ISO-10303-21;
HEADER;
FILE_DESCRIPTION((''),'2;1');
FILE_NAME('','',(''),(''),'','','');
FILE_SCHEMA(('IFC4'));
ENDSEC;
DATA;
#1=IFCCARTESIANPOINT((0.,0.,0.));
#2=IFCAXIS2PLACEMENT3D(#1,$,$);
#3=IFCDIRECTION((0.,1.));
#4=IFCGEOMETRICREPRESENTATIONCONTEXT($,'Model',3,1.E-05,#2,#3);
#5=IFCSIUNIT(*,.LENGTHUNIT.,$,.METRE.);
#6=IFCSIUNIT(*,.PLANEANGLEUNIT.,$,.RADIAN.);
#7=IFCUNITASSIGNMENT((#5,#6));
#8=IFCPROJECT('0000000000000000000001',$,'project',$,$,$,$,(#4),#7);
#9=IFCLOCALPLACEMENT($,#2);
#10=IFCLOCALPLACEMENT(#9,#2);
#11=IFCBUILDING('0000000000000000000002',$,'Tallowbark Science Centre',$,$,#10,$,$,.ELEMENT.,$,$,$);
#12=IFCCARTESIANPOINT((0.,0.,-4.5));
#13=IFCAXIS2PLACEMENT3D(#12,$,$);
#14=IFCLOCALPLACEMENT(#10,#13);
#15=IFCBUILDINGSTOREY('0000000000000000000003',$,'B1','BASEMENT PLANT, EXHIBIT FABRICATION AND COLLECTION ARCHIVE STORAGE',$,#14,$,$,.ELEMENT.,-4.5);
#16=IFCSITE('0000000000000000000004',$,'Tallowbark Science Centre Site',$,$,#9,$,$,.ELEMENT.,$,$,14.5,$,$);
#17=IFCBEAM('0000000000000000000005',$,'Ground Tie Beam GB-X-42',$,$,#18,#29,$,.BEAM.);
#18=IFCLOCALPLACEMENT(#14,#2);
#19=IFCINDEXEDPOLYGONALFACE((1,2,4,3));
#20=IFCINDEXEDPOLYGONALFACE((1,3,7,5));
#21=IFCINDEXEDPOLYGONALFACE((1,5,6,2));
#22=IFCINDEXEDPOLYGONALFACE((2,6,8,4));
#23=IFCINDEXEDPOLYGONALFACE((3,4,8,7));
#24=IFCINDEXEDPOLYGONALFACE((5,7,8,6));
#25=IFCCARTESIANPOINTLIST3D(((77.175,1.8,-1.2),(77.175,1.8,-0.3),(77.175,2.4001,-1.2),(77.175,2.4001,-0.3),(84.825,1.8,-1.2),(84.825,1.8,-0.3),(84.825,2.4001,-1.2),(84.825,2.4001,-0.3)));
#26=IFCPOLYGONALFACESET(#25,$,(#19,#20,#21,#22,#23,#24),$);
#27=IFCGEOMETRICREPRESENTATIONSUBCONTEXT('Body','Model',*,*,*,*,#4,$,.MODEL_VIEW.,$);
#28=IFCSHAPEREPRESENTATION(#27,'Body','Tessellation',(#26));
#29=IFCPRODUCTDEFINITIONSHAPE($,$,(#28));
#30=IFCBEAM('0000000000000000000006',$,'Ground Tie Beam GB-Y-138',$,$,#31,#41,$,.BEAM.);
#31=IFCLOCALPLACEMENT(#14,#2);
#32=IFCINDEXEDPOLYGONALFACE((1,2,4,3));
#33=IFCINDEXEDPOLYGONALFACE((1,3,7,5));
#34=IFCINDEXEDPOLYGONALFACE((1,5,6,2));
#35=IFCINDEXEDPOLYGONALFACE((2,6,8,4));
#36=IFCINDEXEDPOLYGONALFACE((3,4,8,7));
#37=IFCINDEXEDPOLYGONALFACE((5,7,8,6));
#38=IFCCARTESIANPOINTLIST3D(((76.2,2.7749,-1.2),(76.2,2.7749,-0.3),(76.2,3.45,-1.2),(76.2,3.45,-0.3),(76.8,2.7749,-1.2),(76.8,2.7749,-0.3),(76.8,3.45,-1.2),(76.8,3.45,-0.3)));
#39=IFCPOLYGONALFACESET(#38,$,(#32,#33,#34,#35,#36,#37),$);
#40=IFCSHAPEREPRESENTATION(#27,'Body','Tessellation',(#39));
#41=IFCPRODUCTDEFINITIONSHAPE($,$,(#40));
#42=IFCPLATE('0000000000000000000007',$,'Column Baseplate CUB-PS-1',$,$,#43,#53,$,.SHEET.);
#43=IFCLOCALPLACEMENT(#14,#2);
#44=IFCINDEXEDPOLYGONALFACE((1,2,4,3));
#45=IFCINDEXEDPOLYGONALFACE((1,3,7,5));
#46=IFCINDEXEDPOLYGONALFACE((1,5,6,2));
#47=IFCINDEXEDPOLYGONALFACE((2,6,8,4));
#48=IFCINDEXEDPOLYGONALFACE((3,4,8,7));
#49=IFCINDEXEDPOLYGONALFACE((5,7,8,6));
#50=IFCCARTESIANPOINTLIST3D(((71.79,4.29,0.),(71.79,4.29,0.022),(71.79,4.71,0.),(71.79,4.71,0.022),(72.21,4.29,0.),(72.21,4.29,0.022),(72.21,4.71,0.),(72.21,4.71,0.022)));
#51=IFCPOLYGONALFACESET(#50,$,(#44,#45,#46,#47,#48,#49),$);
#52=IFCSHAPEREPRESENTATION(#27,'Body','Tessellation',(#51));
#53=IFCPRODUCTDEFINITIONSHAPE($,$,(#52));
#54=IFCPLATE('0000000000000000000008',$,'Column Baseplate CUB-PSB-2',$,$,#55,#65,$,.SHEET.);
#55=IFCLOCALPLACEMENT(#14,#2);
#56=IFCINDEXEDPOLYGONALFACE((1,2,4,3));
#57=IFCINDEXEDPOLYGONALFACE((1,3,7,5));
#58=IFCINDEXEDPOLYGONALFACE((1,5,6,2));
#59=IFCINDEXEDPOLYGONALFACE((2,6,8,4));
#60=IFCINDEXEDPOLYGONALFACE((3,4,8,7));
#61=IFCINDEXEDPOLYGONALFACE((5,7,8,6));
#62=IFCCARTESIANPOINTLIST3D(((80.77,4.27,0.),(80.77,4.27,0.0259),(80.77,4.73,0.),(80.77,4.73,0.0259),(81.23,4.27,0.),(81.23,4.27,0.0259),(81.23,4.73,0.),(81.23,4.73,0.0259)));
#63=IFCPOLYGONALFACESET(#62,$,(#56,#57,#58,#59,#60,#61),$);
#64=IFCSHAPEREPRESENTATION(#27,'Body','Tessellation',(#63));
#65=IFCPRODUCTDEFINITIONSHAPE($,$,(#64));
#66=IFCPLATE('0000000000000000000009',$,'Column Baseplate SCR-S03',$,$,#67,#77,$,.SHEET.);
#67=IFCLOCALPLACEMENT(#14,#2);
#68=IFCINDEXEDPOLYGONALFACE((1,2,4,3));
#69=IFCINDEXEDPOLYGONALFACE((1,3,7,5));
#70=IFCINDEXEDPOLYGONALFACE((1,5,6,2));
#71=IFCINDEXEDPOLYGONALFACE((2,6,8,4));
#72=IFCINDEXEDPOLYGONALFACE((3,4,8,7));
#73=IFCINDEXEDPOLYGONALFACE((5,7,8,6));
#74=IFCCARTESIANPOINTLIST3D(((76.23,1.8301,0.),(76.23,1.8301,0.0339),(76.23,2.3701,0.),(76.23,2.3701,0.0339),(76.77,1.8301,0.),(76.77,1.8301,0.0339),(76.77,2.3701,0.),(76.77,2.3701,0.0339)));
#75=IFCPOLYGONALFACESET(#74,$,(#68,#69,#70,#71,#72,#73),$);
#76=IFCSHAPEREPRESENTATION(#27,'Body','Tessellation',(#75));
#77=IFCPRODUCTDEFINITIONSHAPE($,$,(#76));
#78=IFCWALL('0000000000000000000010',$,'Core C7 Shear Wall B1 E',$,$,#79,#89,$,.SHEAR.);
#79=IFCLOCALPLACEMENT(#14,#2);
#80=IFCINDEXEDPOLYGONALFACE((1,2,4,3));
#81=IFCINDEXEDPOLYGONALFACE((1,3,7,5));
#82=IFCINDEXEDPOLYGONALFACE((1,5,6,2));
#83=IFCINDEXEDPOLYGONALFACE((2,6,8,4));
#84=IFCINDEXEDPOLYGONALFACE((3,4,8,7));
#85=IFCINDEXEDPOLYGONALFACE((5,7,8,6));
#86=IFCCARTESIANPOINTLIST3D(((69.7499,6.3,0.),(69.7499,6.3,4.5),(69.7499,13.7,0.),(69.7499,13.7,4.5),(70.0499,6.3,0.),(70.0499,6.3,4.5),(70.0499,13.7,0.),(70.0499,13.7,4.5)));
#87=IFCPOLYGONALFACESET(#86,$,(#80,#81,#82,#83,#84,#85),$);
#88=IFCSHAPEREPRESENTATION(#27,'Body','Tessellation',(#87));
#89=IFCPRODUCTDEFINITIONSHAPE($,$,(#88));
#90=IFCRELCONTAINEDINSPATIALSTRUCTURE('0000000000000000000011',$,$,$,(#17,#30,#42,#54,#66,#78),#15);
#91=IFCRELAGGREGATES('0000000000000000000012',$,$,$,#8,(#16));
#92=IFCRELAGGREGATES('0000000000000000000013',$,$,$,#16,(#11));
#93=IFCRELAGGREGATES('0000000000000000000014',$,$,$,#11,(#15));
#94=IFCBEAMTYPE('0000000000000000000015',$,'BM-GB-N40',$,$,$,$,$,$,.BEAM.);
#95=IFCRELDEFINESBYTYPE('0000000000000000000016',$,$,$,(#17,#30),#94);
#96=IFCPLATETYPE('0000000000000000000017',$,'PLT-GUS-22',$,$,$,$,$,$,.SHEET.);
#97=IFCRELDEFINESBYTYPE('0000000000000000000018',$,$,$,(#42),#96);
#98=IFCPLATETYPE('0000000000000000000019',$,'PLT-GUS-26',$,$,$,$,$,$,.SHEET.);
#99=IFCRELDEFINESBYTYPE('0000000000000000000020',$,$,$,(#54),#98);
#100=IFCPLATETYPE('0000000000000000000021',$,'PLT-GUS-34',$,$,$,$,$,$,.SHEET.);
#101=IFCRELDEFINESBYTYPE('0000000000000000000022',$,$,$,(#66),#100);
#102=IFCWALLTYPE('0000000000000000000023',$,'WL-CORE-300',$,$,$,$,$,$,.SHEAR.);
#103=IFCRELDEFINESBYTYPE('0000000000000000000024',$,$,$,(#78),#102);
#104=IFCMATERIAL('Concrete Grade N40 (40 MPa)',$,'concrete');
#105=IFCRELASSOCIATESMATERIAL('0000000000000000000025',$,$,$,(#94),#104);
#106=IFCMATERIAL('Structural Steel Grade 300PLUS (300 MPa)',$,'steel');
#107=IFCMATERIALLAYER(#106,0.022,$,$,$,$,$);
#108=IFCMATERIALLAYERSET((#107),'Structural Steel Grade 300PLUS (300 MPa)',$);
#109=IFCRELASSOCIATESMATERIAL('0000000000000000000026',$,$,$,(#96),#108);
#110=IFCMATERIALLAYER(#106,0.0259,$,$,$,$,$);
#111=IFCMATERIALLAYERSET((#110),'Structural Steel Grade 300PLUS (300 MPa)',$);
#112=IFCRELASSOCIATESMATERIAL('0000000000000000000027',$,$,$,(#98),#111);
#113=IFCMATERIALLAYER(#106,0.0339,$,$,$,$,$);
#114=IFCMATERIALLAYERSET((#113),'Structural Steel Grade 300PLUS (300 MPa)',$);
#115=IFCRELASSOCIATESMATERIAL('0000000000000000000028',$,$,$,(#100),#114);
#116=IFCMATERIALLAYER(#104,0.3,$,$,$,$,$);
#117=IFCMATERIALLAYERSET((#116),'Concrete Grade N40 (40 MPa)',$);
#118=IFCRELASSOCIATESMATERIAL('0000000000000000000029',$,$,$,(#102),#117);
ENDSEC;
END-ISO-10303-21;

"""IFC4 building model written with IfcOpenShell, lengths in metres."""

from ifc_helpers import new_model, si_unit, direction, frame, frame_2d, origin, origin_2d, place, context, subcontext, project, spatial, rectangle, extrude, material, layer, layer_set, material_profile, profile_set, type_object, element, save


model = new_model("IFC4")

# Units and contexts
model_context = context("Model", 3, precision=1e-05, world=origin(), true_north=direction((0.0, 1.0)))
body_context = subcontext(model_context, "Body", "Model", "MODEL_VIEW")
ifc_project = project(units=[si_unit("LENGTHUNIT", "METRE"), si_unit("PLANEANGLEUNIT", "RADIAN")], contexts=[model_context])

# Site, building, storey
site_placement = place(None, origin())
site = spatial("IfcSite", under=ifc_project, at=site_placement, Name="Tallowbark Science Centre Site", CompositionType="ELEMENT", RefElevation=14.5)
building_placement = place(site_placement, origin())
building = spatial("IfcBuilding", under=site, at=building_placement, Name="Tallowbark Science Centre", CompositionType="ELEMENT")
storey_placement = place(building_placement, frame((0.0, 0.0, -4.5)))
storey = spatial("IfcBuildingStorey", under=building, at=storey_placement, Name="B1", Description="BASEMENT PLANT, EXHIBIT FABRICATION AND COLLECTION ARCHIVE STORAGE", CompositionType="ELEMENT", Elevation=-4.5)

# Shared definitions
ifc_material_1 = material(Name="Concrete Grade N40 (40 MPa)", Category="concrete")

# Shared definitions
ifc_material_2 = material(Name="Structural Steel Grade 300PLUS (300 MPa)", Category="steel")

# Beams
ifc_material_profile_1 = material_profile(ifc_material_1, rectangle(XDim=0.6001, YDim=0.8999, at=origin_2d()), Name="RC600x900")
ifc_profile_set_1 = profile_set([ifc_material_profile_1], Name="Concrete Grade N40 (40 MPa)")
beam_type = type_object("IfcBeamType", Name="BM-GB-N40", PredefinedType="BEAM", material=ifc_profile_set_1)
for number, where, z_axis, x_axis, name in (
    (1, (77.175, 2.1001, -0.75), (1.0, 0.0, 0.0), (0.0, 1.0, 0.0), "Ground Tie Beam GB-X-42"),
):
    element("IfcBeam", number, at=place(storey_placement, frame(where, z_axis=z_axis, x_axis=x_axis)), inside=storey, type_object=beam_type, Name=name, PredefinedType="BEAM", context=body_context, shape_type="SweptSolid", body=[
        extrude(rectangle(XDim=0.6001, YDim=0.8999, at=origin_2d()), origin(), (0.0, 0.0, 1.0), 7.6499),
    ])
beam_1_placement = place(storey_placement, frame((76.5, 2.7749, -0.75), z_axis=(0.0, 1.0, 0.0), x_axis=(-1.0, 0.0, 0.0)))
element("IfcBeam", 2, at=beam_1_placement, inside=storey, type_object=beam_type, Name="Ground Tie Beam GB-Y-138", PredefinedType="BEAM", context=body_context, shape_type="SweptSolid", body=[
    extrude(rectangle(XDim=0.6001, YDim=0.8999, at=origin_2d()), origin(), (0.0, 0.0, 1.0), 0.675),
])

# Plates
ifc_layer_1 = layer(ifc_material_2, 0.022)
ifc_layer_set_1 = layer_set([ifc_layer_1], Name="Structural Steel Grade 300PLUS (300 MPa)")
plate_type_1 = type_object("IfcPlateType", Name="PLT-GUS-22", PredefinedType="SHEET", material=ifc_layer_set_1)
plate_1_placement = place(storey_placement, frame((72.0, 4.5, 0.0), z_axis=(0.0, 0.0, 1.0), x_axis=(1.0, 0.0, 0.0)))
element("IfcPlate", 3, at=plate_1_placement, inside=storey, type_object=plate_type_1, Name="Column Baseplate CUB-PS-1", PredefinedType="SHEET", context=body_context, shape_type="SweptSolid", body=[
    extrude(rectangle(XDim=0.4199, YDim=0.4199, at=origin_2d()), origin(), (0.0, 0.0, 1.0), 0.022),
])
ifc_layer_2 = layer(ifc_material_2, 0.0259)
ifc_layer_set_2 = layer_set([ifc_layer_2], Name="Structural Steel Grade 300PLUS (300 MPa)")
plate_type_2 = type_object("IfcPlateType", Name="PLT-GUS-26", PredefinedType="SHEET", material=ifc_layer_set_2)
plate_2_placement = place(storey_placement, frame((81.0, 4.5, 0.0), z_axis=(0.0, 0.0, 1.0), x_axis=(1.0, 0.0, 0.0)))
element("IfcPlate", 4, at=plate_2_placement, inside=storey, type_object=plate_type_2, Name="Column Baseplate CUB-PSB-2", PredefinedType="SHEET", context=body_context, shape_type="SweptSolid", body=[
    extrude(rectangle(XDim=0.46, YDim=0.46, at=origin_2d()), origin(), (0.0, 0.0, 1.0), 0.0259),
])
ifc_layer_3 = layer(ifc_material_2, 0.0339)
ifc_layer_set_3 = layer_set([ifc_layer_3], Name="Structural Steel Grade 300PLUS (300 MPa)")
plate_type_3 = type_object("IfcPlateType", Name="PLT-GUS-34", PredefinedType="SHEET", material=ifc_layer_set_3)
plate_3_placement = place(storey_placement, frame((76.5, 2.1001, 0.0), z_axis=(0.0, 0.0, 1.0), x_axis=(1.0, 0.0, 0.0)))
element("IfcPlate", 5, at=plate_3_placement, inside=storey, type_object=plate_type_3, Name="Column Baseplate SCR-S03", PredefinedType="SHEET", context=body_context, shape_type="SweptSolid", body=[
    extrude(rectangle(XDim=0.54, YDim=0.54, at=origin_2d()), origin(), (0.0, 0.0, 1.0), 0.0339),
])

# Wall
ifc_layer_4 = layer(ifc_material_1, 0.3)
ifc_layer_set_4 = layer_set([ifc_layer_4], Name="Concrete Grade N40 (40 MPa)")
wall_type = type_object("IfcWallType", Name="WL-CORE-300", PredefinedType="SHEAR", material=ifc_layer_set_4)
wall_placement = place(storey_placement, frame((69.8999, 6.3, 0.0), z_axis=(0.0, 0.0, 1.0), x_axis=(0.0, 1.0, 0.0)))
element("IfcWall", 6, at=wall_placement, inside=storey, type_object=wall_type, Name="Core C7 Shear Wall B1 E", PredefinedType="SHEAR", context=body_context, shape_type="SweptSolid", body=[
    extrude(rectangle(XDim=7.3999, YDim=0.3, at=frame_2d((3.7, 0.0))), origin(), (0.0, 0.0, 1.0), 4.5),
])

save(model, "model.ifc")
